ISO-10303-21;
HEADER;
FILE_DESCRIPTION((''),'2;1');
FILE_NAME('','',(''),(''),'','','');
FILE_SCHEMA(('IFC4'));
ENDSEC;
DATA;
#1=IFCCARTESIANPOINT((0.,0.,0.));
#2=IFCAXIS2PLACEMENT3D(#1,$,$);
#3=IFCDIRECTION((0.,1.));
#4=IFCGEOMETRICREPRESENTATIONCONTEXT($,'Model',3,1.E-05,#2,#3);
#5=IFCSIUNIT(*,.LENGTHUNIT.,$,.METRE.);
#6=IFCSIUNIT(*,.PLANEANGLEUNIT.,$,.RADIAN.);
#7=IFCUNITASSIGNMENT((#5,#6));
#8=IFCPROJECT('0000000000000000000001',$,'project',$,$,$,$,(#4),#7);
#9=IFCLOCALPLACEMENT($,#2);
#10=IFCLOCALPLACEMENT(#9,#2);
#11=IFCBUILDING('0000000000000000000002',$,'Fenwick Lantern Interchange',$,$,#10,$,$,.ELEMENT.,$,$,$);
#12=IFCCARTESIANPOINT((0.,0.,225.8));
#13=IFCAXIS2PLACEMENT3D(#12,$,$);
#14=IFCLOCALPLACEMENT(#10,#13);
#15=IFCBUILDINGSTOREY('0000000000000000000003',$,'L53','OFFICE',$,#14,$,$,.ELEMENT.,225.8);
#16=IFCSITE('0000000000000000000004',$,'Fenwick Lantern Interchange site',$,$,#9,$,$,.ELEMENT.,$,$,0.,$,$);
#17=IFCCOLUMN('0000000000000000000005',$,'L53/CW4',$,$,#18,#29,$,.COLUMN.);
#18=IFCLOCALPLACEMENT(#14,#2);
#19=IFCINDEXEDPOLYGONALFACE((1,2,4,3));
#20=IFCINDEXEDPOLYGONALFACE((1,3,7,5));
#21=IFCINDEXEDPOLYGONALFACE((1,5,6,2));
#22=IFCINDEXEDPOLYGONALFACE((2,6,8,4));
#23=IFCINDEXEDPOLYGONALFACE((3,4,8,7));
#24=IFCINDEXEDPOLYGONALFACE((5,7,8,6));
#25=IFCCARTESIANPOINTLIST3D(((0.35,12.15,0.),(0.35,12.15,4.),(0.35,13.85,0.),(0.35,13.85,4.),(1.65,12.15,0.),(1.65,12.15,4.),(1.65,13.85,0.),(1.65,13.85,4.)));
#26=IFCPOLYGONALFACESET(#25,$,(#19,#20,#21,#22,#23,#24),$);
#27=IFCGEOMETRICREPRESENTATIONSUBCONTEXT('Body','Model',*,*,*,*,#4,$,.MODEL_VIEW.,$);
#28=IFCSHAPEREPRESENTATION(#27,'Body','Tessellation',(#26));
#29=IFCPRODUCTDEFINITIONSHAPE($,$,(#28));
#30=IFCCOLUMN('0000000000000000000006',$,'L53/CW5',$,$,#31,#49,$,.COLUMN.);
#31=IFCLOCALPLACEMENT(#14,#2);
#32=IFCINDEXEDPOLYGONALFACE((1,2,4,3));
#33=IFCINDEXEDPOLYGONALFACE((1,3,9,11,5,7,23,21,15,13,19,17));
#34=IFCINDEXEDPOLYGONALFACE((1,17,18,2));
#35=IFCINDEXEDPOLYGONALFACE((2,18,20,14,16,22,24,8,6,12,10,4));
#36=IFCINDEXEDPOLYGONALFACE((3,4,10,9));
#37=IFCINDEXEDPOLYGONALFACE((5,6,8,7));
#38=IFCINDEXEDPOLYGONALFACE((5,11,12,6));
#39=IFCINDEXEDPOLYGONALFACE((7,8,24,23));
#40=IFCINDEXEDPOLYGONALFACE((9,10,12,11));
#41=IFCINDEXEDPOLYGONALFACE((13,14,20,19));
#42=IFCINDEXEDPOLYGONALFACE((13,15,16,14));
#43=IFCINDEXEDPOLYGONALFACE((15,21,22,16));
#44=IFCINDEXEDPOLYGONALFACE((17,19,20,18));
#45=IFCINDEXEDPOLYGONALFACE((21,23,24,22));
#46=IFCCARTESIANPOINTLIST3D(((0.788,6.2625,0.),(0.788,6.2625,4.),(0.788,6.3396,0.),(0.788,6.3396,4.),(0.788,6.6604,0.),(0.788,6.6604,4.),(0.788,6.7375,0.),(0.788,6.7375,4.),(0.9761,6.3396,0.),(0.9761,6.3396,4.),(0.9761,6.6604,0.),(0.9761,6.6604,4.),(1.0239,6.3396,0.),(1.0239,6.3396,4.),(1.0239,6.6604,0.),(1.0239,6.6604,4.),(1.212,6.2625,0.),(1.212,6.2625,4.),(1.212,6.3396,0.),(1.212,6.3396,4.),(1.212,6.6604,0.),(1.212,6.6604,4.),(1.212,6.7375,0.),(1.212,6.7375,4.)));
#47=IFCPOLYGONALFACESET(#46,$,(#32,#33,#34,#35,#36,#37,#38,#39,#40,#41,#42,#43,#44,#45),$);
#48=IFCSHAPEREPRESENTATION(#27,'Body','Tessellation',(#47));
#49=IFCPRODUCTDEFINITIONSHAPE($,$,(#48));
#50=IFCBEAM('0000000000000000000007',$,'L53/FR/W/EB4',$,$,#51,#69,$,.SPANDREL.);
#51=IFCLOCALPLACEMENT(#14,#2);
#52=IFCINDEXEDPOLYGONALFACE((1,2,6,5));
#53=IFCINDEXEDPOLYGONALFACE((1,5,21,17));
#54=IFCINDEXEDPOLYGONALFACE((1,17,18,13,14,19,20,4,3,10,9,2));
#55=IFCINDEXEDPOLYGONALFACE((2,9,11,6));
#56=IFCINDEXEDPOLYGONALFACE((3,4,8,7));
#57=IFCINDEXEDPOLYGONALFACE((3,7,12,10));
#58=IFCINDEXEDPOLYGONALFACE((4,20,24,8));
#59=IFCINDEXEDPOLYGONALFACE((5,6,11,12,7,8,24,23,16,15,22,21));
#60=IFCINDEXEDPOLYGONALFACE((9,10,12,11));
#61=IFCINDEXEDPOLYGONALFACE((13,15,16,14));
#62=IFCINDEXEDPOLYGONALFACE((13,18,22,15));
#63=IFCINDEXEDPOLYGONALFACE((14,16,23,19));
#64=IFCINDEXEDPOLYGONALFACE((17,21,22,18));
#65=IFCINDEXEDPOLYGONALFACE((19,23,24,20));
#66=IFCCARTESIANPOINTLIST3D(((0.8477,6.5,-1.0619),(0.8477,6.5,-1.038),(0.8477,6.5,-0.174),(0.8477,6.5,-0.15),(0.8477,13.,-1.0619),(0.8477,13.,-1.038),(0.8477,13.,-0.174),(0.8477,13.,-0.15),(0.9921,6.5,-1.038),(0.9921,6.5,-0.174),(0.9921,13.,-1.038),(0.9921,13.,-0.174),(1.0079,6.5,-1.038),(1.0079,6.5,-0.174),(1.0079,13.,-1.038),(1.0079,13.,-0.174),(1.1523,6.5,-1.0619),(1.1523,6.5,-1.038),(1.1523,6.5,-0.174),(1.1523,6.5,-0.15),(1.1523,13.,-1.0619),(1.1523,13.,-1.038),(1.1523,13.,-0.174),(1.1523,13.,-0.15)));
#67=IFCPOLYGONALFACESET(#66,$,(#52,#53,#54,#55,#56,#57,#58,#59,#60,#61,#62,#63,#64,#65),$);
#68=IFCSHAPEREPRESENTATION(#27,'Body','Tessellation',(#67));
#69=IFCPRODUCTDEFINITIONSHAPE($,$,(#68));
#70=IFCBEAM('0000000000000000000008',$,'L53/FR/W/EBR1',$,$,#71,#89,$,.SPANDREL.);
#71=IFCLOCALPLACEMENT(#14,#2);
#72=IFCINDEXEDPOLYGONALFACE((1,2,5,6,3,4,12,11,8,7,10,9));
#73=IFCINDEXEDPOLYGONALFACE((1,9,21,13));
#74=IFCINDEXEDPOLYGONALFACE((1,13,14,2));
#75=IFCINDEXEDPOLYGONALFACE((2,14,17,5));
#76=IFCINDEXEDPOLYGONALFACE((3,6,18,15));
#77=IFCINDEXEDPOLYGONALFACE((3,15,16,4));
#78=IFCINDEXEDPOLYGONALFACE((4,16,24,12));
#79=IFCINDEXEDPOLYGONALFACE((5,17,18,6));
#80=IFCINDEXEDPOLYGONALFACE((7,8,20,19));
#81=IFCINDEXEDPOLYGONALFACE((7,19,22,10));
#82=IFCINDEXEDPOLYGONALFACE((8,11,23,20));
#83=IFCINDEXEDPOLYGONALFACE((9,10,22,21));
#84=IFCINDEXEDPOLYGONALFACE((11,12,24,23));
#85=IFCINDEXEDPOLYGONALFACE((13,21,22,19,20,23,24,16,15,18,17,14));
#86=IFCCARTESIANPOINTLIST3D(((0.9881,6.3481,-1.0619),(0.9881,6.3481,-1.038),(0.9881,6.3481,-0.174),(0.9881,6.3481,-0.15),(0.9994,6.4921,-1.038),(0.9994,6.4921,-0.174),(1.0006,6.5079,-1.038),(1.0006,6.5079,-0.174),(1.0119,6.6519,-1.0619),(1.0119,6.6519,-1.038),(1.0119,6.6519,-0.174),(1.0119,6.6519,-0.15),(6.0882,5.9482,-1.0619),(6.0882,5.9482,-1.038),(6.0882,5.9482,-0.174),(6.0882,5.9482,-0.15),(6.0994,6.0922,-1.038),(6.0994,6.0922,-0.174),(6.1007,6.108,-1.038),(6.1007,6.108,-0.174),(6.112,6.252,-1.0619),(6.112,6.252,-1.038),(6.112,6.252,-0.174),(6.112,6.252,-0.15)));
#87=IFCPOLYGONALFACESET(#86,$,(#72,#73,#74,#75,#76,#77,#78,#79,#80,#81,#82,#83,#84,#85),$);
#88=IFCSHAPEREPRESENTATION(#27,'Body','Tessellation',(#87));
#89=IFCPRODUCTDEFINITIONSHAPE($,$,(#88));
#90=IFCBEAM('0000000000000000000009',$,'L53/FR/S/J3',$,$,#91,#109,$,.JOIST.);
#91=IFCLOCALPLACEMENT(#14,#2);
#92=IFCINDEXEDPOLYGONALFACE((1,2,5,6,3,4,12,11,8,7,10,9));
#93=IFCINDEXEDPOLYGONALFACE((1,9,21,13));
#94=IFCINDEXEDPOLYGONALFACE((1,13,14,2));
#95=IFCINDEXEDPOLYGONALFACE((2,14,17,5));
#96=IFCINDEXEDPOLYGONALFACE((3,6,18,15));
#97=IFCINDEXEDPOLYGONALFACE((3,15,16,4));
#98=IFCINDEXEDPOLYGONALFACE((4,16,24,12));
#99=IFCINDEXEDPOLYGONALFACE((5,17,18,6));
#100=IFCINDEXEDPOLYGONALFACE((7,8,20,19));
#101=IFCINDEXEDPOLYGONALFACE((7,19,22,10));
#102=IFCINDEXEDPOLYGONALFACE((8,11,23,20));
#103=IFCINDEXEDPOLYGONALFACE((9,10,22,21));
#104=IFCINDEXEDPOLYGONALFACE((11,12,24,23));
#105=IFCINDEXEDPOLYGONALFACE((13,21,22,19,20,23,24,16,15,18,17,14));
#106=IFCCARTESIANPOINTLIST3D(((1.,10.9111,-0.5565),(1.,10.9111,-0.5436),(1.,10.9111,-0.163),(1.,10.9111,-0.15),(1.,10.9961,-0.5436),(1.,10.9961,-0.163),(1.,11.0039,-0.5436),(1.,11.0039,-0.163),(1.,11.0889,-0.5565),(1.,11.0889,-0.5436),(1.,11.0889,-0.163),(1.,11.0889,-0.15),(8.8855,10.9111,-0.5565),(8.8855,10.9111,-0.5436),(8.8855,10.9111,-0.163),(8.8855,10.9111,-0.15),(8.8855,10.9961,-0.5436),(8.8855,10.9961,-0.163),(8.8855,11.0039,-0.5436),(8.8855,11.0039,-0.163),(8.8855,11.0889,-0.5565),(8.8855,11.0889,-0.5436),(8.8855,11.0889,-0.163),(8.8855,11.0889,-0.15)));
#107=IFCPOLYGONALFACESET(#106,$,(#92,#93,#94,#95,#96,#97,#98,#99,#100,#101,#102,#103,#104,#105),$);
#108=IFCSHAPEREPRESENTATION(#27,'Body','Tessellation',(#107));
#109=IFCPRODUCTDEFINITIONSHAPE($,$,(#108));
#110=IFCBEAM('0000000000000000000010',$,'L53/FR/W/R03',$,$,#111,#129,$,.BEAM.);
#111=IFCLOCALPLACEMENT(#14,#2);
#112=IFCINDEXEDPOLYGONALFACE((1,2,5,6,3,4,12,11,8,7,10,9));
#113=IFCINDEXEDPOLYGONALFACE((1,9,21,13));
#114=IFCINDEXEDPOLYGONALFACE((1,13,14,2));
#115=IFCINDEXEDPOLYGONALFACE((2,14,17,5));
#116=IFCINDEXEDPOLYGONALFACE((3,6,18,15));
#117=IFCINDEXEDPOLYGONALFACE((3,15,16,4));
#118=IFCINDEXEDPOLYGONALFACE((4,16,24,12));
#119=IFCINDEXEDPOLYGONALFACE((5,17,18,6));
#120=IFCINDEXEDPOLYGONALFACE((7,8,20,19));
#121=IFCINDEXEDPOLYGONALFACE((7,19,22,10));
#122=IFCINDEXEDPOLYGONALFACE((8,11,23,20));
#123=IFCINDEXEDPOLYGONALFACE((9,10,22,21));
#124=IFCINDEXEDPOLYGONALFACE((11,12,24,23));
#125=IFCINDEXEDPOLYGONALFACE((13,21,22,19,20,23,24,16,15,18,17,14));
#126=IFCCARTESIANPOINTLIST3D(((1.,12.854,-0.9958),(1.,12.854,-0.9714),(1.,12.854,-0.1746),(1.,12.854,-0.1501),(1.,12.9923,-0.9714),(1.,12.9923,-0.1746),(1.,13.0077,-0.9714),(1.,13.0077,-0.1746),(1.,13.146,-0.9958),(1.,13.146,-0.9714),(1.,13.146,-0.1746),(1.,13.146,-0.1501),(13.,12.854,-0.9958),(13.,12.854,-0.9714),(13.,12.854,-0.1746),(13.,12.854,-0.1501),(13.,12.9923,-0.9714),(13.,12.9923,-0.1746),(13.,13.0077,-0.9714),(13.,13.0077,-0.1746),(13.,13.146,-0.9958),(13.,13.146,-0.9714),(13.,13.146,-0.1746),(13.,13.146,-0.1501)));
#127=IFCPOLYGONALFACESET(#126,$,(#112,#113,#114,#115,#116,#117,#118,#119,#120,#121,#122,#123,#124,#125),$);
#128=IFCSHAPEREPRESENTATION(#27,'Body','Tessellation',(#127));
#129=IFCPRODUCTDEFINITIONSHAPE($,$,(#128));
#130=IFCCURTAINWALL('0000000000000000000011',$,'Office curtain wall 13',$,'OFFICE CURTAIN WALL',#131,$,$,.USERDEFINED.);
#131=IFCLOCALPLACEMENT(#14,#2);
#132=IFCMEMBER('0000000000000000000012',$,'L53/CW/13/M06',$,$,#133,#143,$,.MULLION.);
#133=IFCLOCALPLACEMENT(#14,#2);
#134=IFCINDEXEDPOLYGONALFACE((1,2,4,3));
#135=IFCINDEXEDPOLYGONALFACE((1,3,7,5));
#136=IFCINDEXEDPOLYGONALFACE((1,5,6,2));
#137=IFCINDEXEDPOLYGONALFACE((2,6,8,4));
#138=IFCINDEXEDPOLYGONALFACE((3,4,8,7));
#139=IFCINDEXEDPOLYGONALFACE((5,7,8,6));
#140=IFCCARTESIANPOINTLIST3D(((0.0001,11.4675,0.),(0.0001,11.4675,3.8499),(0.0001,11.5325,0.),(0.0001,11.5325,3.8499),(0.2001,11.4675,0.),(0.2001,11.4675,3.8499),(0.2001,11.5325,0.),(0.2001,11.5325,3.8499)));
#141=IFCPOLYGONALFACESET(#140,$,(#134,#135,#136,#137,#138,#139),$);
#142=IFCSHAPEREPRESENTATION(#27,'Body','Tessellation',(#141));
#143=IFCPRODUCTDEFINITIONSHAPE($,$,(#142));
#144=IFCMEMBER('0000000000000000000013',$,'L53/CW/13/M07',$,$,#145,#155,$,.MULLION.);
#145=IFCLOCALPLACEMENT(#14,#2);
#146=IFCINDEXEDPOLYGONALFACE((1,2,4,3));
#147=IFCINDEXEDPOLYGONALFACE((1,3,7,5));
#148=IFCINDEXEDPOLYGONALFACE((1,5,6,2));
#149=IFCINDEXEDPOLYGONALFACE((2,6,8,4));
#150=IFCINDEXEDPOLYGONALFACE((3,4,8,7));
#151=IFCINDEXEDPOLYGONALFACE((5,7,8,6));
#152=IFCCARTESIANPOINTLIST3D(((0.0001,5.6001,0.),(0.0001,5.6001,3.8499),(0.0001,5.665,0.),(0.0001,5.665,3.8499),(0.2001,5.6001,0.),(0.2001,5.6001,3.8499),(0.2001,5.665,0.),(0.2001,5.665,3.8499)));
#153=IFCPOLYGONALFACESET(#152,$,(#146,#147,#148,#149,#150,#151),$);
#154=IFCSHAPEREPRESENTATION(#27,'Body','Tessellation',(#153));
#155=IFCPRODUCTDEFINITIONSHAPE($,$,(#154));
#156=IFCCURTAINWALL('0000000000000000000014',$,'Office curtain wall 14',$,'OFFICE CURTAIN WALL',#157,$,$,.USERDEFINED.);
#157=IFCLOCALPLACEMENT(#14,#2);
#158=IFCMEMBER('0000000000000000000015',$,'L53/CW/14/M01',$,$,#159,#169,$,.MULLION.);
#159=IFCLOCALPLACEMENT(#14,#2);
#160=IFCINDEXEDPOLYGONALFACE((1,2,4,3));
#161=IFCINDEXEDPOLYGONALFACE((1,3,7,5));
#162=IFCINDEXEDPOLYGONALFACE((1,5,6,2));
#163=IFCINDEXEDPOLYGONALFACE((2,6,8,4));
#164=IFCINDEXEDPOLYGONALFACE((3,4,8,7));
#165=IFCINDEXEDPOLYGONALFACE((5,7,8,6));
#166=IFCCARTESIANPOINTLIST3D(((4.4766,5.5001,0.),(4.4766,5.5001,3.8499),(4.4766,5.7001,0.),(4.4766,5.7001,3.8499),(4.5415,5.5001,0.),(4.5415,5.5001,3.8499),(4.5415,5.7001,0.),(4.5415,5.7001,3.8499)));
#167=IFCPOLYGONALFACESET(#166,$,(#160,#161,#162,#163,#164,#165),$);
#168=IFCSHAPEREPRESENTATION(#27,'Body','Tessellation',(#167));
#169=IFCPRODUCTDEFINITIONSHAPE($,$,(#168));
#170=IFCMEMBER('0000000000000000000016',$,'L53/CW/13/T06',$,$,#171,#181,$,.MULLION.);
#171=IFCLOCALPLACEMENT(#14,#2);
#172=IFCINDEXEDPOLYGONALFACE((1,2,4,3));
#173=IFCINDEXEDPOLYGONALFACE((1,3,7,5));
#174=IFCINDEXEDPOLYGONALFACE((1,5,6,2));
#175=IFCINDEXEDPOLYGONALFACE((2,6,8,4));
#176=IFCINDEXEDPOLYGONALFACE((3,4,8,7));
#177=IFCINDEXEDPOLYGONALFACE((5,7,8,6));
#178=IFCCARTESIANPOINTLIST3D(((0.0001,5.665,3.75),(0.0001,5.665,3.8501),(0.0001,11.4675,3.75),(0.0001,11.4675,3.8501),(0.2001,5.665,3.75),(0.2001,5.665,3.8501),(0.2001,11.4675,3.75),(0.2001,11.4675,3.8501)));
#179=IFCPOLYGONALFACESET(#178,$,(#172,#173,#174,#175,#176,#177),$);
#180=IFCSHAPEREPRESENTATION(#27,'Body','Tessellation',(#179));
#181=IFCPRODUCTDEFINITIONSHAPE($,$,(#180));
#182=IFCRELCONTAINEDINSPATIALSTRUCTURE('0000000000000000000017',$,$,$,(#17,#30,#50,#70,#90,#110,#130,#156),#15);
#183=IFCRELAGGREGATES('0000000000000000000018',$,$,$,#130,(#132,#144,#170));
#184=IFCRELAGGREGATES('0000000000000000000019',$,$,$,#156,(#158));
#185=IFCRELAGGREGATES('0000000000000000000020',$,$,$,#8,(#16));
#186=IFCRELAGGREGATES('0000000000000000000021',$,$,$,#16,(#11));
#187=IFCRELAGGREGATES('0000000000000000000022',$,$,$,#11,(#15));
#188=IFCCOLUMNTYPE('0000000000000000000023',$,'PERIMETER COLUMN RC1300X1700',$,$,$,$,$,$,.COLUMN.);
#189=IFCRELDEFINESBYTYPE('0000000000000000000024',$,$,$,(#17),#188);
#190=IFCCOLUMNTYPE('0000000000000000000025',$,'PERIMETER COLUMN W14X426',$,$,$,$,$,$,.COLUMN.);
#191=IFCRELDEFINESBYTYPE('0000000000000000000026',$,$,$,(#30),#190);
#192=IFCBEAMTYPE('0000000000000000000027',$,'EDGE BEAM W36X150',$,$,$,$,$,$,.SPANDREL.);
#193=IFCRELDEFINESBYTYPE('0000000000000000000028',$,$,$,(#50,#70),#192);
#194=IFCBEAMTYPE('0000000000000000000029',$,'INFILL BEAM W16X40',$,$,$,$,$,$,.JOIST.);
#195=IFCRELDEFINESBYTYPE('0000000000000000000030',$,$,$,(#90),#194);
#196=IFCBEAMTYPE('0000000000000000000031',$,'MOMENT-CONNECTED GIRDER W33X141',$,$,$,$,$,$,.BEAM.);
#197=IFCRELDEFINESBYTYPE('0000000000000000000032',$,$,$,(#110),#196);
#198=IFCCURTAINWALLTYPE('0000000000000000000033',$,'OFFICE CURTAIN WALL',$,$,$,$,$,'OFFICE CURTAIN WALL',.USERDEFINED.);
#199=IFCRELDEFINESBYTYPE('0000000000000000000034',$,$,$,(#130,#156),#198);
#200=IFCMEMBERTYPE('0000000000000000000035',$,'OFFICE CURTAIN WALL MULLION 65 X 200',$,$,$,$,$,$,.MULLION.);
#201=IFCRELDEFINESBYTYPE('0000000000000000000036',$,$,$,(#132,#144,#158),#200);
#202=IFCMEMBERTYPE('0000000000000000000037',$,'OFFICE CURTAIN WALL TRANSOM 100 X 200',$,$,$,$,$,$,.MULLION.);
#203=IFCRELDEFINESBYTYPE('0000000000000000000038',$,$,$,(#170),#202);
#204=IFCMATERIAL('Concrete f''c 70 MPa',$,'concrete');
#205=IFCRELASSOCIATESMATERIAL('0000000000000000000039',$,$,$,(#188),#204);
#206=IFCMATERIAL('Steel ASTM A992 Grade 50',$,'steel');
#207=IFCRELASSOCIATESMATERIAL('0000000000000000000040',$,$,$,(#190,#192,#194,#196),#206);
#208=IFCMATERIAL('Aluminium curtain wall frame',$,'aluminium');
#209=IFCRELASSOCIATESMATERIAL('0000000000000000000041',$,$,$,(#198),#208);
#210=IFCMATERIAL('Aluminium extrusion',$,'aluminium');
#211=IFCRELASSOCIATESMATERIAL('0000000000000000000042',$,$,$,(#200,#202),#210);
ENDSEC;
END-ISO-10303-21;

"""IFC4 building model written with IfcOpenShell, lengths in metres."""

from ifc_helpers import new_model, si_unit, direction, frame, origin, origin_2d, place, context, subcontext, project, spatial, rectangle, i_section, extrude, material, material_profile, profile_set, type_object, element, aggregate, save


model = new_model("IFC4")

# Units and contexts
model_context = context("Model", 3, precision=1e-05, world=origin(), true_north=direction((0.0, 1.0)))
body_context = subcontext(model_context, "Body", "Model", "MODEL_VIEW")
ifc_project = project(units=[si_unit("LENGTHUNIT", "METRE"), si_unit("PLANEANGLEUNIT", "RADIAN")], contexts=[model_context])

# Site, building, storey
site_placement = place(None, origin())
site = spatial("IfcSite", under=ifc_project, at=site_placement, Name="Fenwick Lantern Interchange site", CompositionType="ELEMENT", RefElevation=0.0)
building_placement = place(site_placement, origin())
building = spatial("IfcBuilding", under=site, at=building_placement, Name="Fenwick Lantern Interchange", CompositionType="ELEMENT")
storey_placement = place(building_placement, frame((0.0, 0.0, 225.8)))
storey = spatial("IfcBuildingStorey", under=building, at=storey_placement, Name="L53", Description="OFFICE", CompositionType="ELEMENT", Elevation=225.8)

# Columns
ifc_material_1 = material(Name="Concrete f'c 70 MPa", Category="concrete")
ifc_material_profile_1 = material_profile(ifc_material_1, rectangle(XDim=1.3, YDim=1.7, at=origin_2d()), Name="RC1300X1700")
ifc_profile_set_1 = profile_set([ifc_material_profile_1], Name="Concrete f'c 70 MPa")
column_type_1 = type_object("IfcColumnType", Name="PERIMETER COLUMN RC1300X1700", PredefinedType="COLUMN", material=ifc_profile_set_1)
column_1_placement = place(storey_placement, frame((1.0, 13.0, 0.0), z_axis=(0.0, 0.0, 1.0), x_axis=(1.0, 0.0, 0.0)))
element("IfcColumn", 1, at=column_1_placement, inside=storey, type_object=column_type_1, Name="L53/CW4", PredefinedType="COLUMN", context=body_context, shape_type="SweptSolid", body=[
    extrude(rectangle(XDim=1.3, YDim=1.7, at=origin_2d()), origin(), (0.0, 0.0, 1.0), 4.0),
])
ifc_material_2 = material(Name="Steel ASTM A992 Grade 50", Category="steel")
ifc_material_profile_2 = material_profile(ifc_material_2, i_section(OverallWidth=0.4241, OverallDepth=0.4751, WebThickness=0.0479, FlangeThickness=0.0771, at=origin_2d()), Name="W14X426")
ifc_profile_set_2 = profile_set([ifc_material_profile_2], Name="Steel ASTM A992 Grade 50")
column_type_2 = type_object("IfcColumnType", Name="PERIMETER COLUMN W14X426", PredefinedType="COLUMN", material=ifc_profile_set_2)
column_2_placement = place(storey_placement, frame((1.0, 6.5, 0.0), z_axis=(0.0, 0.0, 1.0), x_axis=(1.0, 0.0, 0.0)))
element("IfcColumn", 2, at=column_2_placement, inside=storey, type_object=column_type_2, Name="L53/CW5", PredefinedType="COLUMN", context=body_context, shape_type="SweptSolid", body=[
    extrude(i_section(OverallWidth=0.4241, OverallDepth=0.4751, WebThickness=0.0479, FlangeThickness=0.0771, at=origin_2d()), origin(), (0.0, 0.0, 1.0), 4.0),
])

# Beams
ifc_material_profile_3 = material_profile(ifc_material_2, i_section(OverallWidth=0.3047, OverallDepth=0.9119, WebThickness=0.0159, FlangeThickness=0.0239, at=origin_2d()), Name="W36X150")
ifc_profile_set_3 = profile_set([ifc_material_profile_3], Name="Steel ASTM A992 Grade 50")
beam_type_1 = type_object("IfcBeamType", Name="EDGE BEAM W36X150", PredefinedType="SPANDREL", material=ifc_profile_set_3)
beam_1_placement = place(storey_placement, frame((1.0, 13.0, -0.606), z_axis=(0.0, -1.0, 0.0), x_axis=(1.0, 0.0, 0.0)))
element("IfcBeam", 3, at=beam_1_placement, inside=storey, type_object=beam_type_1, Name="L53/FR/W/EB4", PredefinedType="SPANDREL", context=body_context, shape_type="SweptSolid", body=[
    extrude(i_section(OverallWidth=0.3047, OverallDepth=0.9119, WebThickness=0.0159, FlangeThickness=0.0239, at=origin_2d()), origin(), (0.0, 0.0, 1.0), 6.5),
])
beam_2_placement = place(storey_placement, frame((1.0, 6.5, -0.606), z_axis=(0.99694, -0.078171, 0.0), x_axis=(0.078171, 0.99694, 0.0)))
element("IfcBeam", 4, at=beam_2_placement, inside=storey, type_object=beam_type_1, Name="L53/FR/W/EBR1", PredefinedType="SPANDREL", context=body_context, shape_type="SweptSolid", body=[
    extrude(i_section(OverallWidth=0.3047, OverallDepth=0.9119, WebThickness=0.0159, FlangeThickness=0.0239, at=origin_2d()), origin(), (0.0, 0.0, 1.0), 5.1157),
])
ifc_material_profile_4 = material_profile(ifc_material_2, i_section(OverallWidth=0.1777, OverallDepth=0.4065, WebThickness=0.0078, FlangeThickness=0.0129, at=origin_2d()), Name="W16X40")
ifc_profile_set_4 = profile_set([ifc_material_profile_4], Name="Steel ASTM A992 Grade 50")
beam_type_2 = type_object("IfcBeamType", Name="INFILL BEAM W16X40", PredefinedType="JOIST", material=ifc_profile_set_4)
beam_3_placement = place(storey_placement, frame((1.0, 11.0, -0.3533), z_axis=(1.0, 0.0, 0.0), x_axis=(0.0, 1.0, 0.0)))
element("IfcBeam", 5, at=beam_3_placement, inside=storey, type_object=beam_type_2, Name="L53/FR/S/J3", PredefinedType="JOIST", context=body_context, shape_type="SweptSolid", body=[
    extrude(i_section(OverallWidth=0.1777, OverallDepth=0.4065, WebThickness=0.0078, FlangeThickness=0.0129, at=origin_2d()), origin(), (0.0, 0.0, 1.0), 7.8855),
])
ifc_material_profile_5 = material_profile(ifc_material_2, i_section(OverallWidth=0.292, OverallDepth=0.8457, WebThickness=0.0154, FlangeThickness=0.0244, at=origin_2d()), Name="W33X141")
ifc_profile_set_5 = profile_set([ifc_material_profile_5], Name="Steel ASTM A992 Grade 50")
beam_type_3 = type_object("IfcBeamType", Name="MOMENT-CONNECTED GIRDER W33X141", PredefinedType="BEAM", material=ifc_profile_set_5)
beam_4_placement = place(storey_placement, frame((1.0, 13.0, -0.573), z_axis=(1.0, 0.0, 0.0), x_axis=(0.0, 1.0, 0.0)))
element("IfcBeam", 6, at=beam_4_placement, inside=storey, type_object=beam_type_3, Name="L53/FR/W/R03", PredefinedType="BEAM", context=body_context, shape_type="SweptSolid", body=[
    extrude(i_section(OverallWidth=0.292, OverallDepth=0.8457, WebThickness=0.0154, FlangeThickness=0.0244, at=origin_2d()), origin(), (0.0, 0.0, 1.0), 12.0),
])

# Curtain wall, members
ifc_material_3 = material(Name="Aluminium curtain wall frame", Category="aluminium")
curtain_wall_type = type_object("IfcCurtainWallType", Name="OFFICE CURTAIN WALL", ElementType="OFFICE CURTAIN WALL", PredefinedType="USERDEFINED", material=ifc_material_3)
curtain_wall_1_placement = place(storey_placement, origin())
curtain_wall_1 = element("IfcCurtainWall", 7, at=curtain_wall_1_placement, inside=storey, type_object=curtain_wall_type, Name="Office curtain wall 13", ObjectType="OFFICE CURTAIN WALL", PredefinedType="USERDEFINED")
ifc_material_4 = material(Name="Aluminium extrusion", Category="aluminium")
ifc_material_profile_6 = material_profile(ifc_material_4, rectangle(XDim=0.2, YDim=0.0649, at=origin_2d()), Name="OFFICE CURTAIN WALL MULLION 65 X 200")
ifc_profile_set_6 = profile_set([ifc_material_profile_6], Name="Aluminium extrusion")
member_type_1 = type_object("IfcMemberType", Name="OFFICE CURTAIN WALL MULLION 65 X 200", PredefinedType="MULLION", material=ifc_profile_set_6)
member_1_placement = place(storey_placement, frame((0.1001, 11.5, 0.0), z_axis=(0.0, 0.0, 1.0), x_axis=(1.0, 0.0, 0.0)))
member_1 = element("IfcMember", 8, at=member_1_placement, type_object=member_type_1, Name="L53/CW/13/M06", PredefinedType="MULLION", context=body_context, shape_type="SweptSolid", body=[
    extrude(rectangle(XDim=0.2, YDim=0.0649, at=origin_2d()), origin(), (0.0, 0.0, 1.0), 3.8499),
])
member_2_placement = place(storey_placement, frame((0.1001, 5.6326, 0.0), z_axis=(0.0, 0.0, 1.0), x_axis=(1.0, 0.0, 0.0)))
member_2 = element("IfcMember", 9, at=member_2_placement, type_object=member_type_1, Name="L53/CW/13/M07", PredefinedType="MULLION", context=body_context, shape_type="SweptSolid", body=[
    extrude(rectangle(XDim=0.2, YDim=0.0649, at=origin_2d()), origin(), (0.0, 0.0, 1.0), 3.8499),
])

# Curtain wall, member
curtain_wall_2_placement = place(storey_placement, origin())
curtain_wall_2 = element("IfcCurtainWall", 10, at=curtain_wall_2_placement, inside=storey, type_object=curtain_wall_type, Name="Office curtain wall 14", ObjectType="OFFICE CURTAIN WALL", PredefinedType="USERDEFINED")
member_3_placement = place(storey_placement, frame((4.509, 5.6001, 0.0), z_axis=(0.0, 0.0, 1.0), x_axis=(0.0, 1.0, 0.0)))
member_3 = element("IfcMember", 11, at=member_3_placement, type_object=member_type_1, Name="L53/CW/14/M01", PredefinedType="MULLION", context=body_context, shape_type="SweptSolid", body=[
    extrude(rectangle(XDim=0.2, YDim=0.0649, at=origin_2d()), origin(), (0.0, 0.0, 1.0), 3.8499),
])

# Member
ifc_material_profile_7 = material_profile(ifc_material_4, rectangle(XDim=0.2, YDim=0.1001, at=origin_2d()), Name="OFFICE CURTAIN WALL TRANSOM 100 X 200")
ifc_profile_set_7 = profile_set([ifc_material_profile_7], Name="Aluminium extrusion")
member_type_2 = type_object("IfcMemberType", Name="OFFICE CURTAIN WALL TRANSOM 100 X 200", PredefinedType="MULLION", material=ifc_profile_set_7)
member_4_placement = place(storey_placement, frame((0.1001, 11.4675, 3.8), z_axis=(0.0, -1.0, 0.0), x_axis=(1.0, 0.0, 0.0)))
member_4 = element("IfcMember", 12, at=member_4_placement, type_object=member_type_2, Name="L53/CW/13/T06", PredefinedType="MULLION", context=body_context, shape_type="SweptSolid", body=[
    extrude(rectangle(XDim=0.2, YDim=0.1001, at=origin_2d()), origin(), (0.0, 0.0, 1.0), 5.8025),
])
aggregate(curtain_wall_1, [member_1, member_2, member_4])

aggregate(curtain_wall_2, [member_3])

save(model, "model.ifc")
